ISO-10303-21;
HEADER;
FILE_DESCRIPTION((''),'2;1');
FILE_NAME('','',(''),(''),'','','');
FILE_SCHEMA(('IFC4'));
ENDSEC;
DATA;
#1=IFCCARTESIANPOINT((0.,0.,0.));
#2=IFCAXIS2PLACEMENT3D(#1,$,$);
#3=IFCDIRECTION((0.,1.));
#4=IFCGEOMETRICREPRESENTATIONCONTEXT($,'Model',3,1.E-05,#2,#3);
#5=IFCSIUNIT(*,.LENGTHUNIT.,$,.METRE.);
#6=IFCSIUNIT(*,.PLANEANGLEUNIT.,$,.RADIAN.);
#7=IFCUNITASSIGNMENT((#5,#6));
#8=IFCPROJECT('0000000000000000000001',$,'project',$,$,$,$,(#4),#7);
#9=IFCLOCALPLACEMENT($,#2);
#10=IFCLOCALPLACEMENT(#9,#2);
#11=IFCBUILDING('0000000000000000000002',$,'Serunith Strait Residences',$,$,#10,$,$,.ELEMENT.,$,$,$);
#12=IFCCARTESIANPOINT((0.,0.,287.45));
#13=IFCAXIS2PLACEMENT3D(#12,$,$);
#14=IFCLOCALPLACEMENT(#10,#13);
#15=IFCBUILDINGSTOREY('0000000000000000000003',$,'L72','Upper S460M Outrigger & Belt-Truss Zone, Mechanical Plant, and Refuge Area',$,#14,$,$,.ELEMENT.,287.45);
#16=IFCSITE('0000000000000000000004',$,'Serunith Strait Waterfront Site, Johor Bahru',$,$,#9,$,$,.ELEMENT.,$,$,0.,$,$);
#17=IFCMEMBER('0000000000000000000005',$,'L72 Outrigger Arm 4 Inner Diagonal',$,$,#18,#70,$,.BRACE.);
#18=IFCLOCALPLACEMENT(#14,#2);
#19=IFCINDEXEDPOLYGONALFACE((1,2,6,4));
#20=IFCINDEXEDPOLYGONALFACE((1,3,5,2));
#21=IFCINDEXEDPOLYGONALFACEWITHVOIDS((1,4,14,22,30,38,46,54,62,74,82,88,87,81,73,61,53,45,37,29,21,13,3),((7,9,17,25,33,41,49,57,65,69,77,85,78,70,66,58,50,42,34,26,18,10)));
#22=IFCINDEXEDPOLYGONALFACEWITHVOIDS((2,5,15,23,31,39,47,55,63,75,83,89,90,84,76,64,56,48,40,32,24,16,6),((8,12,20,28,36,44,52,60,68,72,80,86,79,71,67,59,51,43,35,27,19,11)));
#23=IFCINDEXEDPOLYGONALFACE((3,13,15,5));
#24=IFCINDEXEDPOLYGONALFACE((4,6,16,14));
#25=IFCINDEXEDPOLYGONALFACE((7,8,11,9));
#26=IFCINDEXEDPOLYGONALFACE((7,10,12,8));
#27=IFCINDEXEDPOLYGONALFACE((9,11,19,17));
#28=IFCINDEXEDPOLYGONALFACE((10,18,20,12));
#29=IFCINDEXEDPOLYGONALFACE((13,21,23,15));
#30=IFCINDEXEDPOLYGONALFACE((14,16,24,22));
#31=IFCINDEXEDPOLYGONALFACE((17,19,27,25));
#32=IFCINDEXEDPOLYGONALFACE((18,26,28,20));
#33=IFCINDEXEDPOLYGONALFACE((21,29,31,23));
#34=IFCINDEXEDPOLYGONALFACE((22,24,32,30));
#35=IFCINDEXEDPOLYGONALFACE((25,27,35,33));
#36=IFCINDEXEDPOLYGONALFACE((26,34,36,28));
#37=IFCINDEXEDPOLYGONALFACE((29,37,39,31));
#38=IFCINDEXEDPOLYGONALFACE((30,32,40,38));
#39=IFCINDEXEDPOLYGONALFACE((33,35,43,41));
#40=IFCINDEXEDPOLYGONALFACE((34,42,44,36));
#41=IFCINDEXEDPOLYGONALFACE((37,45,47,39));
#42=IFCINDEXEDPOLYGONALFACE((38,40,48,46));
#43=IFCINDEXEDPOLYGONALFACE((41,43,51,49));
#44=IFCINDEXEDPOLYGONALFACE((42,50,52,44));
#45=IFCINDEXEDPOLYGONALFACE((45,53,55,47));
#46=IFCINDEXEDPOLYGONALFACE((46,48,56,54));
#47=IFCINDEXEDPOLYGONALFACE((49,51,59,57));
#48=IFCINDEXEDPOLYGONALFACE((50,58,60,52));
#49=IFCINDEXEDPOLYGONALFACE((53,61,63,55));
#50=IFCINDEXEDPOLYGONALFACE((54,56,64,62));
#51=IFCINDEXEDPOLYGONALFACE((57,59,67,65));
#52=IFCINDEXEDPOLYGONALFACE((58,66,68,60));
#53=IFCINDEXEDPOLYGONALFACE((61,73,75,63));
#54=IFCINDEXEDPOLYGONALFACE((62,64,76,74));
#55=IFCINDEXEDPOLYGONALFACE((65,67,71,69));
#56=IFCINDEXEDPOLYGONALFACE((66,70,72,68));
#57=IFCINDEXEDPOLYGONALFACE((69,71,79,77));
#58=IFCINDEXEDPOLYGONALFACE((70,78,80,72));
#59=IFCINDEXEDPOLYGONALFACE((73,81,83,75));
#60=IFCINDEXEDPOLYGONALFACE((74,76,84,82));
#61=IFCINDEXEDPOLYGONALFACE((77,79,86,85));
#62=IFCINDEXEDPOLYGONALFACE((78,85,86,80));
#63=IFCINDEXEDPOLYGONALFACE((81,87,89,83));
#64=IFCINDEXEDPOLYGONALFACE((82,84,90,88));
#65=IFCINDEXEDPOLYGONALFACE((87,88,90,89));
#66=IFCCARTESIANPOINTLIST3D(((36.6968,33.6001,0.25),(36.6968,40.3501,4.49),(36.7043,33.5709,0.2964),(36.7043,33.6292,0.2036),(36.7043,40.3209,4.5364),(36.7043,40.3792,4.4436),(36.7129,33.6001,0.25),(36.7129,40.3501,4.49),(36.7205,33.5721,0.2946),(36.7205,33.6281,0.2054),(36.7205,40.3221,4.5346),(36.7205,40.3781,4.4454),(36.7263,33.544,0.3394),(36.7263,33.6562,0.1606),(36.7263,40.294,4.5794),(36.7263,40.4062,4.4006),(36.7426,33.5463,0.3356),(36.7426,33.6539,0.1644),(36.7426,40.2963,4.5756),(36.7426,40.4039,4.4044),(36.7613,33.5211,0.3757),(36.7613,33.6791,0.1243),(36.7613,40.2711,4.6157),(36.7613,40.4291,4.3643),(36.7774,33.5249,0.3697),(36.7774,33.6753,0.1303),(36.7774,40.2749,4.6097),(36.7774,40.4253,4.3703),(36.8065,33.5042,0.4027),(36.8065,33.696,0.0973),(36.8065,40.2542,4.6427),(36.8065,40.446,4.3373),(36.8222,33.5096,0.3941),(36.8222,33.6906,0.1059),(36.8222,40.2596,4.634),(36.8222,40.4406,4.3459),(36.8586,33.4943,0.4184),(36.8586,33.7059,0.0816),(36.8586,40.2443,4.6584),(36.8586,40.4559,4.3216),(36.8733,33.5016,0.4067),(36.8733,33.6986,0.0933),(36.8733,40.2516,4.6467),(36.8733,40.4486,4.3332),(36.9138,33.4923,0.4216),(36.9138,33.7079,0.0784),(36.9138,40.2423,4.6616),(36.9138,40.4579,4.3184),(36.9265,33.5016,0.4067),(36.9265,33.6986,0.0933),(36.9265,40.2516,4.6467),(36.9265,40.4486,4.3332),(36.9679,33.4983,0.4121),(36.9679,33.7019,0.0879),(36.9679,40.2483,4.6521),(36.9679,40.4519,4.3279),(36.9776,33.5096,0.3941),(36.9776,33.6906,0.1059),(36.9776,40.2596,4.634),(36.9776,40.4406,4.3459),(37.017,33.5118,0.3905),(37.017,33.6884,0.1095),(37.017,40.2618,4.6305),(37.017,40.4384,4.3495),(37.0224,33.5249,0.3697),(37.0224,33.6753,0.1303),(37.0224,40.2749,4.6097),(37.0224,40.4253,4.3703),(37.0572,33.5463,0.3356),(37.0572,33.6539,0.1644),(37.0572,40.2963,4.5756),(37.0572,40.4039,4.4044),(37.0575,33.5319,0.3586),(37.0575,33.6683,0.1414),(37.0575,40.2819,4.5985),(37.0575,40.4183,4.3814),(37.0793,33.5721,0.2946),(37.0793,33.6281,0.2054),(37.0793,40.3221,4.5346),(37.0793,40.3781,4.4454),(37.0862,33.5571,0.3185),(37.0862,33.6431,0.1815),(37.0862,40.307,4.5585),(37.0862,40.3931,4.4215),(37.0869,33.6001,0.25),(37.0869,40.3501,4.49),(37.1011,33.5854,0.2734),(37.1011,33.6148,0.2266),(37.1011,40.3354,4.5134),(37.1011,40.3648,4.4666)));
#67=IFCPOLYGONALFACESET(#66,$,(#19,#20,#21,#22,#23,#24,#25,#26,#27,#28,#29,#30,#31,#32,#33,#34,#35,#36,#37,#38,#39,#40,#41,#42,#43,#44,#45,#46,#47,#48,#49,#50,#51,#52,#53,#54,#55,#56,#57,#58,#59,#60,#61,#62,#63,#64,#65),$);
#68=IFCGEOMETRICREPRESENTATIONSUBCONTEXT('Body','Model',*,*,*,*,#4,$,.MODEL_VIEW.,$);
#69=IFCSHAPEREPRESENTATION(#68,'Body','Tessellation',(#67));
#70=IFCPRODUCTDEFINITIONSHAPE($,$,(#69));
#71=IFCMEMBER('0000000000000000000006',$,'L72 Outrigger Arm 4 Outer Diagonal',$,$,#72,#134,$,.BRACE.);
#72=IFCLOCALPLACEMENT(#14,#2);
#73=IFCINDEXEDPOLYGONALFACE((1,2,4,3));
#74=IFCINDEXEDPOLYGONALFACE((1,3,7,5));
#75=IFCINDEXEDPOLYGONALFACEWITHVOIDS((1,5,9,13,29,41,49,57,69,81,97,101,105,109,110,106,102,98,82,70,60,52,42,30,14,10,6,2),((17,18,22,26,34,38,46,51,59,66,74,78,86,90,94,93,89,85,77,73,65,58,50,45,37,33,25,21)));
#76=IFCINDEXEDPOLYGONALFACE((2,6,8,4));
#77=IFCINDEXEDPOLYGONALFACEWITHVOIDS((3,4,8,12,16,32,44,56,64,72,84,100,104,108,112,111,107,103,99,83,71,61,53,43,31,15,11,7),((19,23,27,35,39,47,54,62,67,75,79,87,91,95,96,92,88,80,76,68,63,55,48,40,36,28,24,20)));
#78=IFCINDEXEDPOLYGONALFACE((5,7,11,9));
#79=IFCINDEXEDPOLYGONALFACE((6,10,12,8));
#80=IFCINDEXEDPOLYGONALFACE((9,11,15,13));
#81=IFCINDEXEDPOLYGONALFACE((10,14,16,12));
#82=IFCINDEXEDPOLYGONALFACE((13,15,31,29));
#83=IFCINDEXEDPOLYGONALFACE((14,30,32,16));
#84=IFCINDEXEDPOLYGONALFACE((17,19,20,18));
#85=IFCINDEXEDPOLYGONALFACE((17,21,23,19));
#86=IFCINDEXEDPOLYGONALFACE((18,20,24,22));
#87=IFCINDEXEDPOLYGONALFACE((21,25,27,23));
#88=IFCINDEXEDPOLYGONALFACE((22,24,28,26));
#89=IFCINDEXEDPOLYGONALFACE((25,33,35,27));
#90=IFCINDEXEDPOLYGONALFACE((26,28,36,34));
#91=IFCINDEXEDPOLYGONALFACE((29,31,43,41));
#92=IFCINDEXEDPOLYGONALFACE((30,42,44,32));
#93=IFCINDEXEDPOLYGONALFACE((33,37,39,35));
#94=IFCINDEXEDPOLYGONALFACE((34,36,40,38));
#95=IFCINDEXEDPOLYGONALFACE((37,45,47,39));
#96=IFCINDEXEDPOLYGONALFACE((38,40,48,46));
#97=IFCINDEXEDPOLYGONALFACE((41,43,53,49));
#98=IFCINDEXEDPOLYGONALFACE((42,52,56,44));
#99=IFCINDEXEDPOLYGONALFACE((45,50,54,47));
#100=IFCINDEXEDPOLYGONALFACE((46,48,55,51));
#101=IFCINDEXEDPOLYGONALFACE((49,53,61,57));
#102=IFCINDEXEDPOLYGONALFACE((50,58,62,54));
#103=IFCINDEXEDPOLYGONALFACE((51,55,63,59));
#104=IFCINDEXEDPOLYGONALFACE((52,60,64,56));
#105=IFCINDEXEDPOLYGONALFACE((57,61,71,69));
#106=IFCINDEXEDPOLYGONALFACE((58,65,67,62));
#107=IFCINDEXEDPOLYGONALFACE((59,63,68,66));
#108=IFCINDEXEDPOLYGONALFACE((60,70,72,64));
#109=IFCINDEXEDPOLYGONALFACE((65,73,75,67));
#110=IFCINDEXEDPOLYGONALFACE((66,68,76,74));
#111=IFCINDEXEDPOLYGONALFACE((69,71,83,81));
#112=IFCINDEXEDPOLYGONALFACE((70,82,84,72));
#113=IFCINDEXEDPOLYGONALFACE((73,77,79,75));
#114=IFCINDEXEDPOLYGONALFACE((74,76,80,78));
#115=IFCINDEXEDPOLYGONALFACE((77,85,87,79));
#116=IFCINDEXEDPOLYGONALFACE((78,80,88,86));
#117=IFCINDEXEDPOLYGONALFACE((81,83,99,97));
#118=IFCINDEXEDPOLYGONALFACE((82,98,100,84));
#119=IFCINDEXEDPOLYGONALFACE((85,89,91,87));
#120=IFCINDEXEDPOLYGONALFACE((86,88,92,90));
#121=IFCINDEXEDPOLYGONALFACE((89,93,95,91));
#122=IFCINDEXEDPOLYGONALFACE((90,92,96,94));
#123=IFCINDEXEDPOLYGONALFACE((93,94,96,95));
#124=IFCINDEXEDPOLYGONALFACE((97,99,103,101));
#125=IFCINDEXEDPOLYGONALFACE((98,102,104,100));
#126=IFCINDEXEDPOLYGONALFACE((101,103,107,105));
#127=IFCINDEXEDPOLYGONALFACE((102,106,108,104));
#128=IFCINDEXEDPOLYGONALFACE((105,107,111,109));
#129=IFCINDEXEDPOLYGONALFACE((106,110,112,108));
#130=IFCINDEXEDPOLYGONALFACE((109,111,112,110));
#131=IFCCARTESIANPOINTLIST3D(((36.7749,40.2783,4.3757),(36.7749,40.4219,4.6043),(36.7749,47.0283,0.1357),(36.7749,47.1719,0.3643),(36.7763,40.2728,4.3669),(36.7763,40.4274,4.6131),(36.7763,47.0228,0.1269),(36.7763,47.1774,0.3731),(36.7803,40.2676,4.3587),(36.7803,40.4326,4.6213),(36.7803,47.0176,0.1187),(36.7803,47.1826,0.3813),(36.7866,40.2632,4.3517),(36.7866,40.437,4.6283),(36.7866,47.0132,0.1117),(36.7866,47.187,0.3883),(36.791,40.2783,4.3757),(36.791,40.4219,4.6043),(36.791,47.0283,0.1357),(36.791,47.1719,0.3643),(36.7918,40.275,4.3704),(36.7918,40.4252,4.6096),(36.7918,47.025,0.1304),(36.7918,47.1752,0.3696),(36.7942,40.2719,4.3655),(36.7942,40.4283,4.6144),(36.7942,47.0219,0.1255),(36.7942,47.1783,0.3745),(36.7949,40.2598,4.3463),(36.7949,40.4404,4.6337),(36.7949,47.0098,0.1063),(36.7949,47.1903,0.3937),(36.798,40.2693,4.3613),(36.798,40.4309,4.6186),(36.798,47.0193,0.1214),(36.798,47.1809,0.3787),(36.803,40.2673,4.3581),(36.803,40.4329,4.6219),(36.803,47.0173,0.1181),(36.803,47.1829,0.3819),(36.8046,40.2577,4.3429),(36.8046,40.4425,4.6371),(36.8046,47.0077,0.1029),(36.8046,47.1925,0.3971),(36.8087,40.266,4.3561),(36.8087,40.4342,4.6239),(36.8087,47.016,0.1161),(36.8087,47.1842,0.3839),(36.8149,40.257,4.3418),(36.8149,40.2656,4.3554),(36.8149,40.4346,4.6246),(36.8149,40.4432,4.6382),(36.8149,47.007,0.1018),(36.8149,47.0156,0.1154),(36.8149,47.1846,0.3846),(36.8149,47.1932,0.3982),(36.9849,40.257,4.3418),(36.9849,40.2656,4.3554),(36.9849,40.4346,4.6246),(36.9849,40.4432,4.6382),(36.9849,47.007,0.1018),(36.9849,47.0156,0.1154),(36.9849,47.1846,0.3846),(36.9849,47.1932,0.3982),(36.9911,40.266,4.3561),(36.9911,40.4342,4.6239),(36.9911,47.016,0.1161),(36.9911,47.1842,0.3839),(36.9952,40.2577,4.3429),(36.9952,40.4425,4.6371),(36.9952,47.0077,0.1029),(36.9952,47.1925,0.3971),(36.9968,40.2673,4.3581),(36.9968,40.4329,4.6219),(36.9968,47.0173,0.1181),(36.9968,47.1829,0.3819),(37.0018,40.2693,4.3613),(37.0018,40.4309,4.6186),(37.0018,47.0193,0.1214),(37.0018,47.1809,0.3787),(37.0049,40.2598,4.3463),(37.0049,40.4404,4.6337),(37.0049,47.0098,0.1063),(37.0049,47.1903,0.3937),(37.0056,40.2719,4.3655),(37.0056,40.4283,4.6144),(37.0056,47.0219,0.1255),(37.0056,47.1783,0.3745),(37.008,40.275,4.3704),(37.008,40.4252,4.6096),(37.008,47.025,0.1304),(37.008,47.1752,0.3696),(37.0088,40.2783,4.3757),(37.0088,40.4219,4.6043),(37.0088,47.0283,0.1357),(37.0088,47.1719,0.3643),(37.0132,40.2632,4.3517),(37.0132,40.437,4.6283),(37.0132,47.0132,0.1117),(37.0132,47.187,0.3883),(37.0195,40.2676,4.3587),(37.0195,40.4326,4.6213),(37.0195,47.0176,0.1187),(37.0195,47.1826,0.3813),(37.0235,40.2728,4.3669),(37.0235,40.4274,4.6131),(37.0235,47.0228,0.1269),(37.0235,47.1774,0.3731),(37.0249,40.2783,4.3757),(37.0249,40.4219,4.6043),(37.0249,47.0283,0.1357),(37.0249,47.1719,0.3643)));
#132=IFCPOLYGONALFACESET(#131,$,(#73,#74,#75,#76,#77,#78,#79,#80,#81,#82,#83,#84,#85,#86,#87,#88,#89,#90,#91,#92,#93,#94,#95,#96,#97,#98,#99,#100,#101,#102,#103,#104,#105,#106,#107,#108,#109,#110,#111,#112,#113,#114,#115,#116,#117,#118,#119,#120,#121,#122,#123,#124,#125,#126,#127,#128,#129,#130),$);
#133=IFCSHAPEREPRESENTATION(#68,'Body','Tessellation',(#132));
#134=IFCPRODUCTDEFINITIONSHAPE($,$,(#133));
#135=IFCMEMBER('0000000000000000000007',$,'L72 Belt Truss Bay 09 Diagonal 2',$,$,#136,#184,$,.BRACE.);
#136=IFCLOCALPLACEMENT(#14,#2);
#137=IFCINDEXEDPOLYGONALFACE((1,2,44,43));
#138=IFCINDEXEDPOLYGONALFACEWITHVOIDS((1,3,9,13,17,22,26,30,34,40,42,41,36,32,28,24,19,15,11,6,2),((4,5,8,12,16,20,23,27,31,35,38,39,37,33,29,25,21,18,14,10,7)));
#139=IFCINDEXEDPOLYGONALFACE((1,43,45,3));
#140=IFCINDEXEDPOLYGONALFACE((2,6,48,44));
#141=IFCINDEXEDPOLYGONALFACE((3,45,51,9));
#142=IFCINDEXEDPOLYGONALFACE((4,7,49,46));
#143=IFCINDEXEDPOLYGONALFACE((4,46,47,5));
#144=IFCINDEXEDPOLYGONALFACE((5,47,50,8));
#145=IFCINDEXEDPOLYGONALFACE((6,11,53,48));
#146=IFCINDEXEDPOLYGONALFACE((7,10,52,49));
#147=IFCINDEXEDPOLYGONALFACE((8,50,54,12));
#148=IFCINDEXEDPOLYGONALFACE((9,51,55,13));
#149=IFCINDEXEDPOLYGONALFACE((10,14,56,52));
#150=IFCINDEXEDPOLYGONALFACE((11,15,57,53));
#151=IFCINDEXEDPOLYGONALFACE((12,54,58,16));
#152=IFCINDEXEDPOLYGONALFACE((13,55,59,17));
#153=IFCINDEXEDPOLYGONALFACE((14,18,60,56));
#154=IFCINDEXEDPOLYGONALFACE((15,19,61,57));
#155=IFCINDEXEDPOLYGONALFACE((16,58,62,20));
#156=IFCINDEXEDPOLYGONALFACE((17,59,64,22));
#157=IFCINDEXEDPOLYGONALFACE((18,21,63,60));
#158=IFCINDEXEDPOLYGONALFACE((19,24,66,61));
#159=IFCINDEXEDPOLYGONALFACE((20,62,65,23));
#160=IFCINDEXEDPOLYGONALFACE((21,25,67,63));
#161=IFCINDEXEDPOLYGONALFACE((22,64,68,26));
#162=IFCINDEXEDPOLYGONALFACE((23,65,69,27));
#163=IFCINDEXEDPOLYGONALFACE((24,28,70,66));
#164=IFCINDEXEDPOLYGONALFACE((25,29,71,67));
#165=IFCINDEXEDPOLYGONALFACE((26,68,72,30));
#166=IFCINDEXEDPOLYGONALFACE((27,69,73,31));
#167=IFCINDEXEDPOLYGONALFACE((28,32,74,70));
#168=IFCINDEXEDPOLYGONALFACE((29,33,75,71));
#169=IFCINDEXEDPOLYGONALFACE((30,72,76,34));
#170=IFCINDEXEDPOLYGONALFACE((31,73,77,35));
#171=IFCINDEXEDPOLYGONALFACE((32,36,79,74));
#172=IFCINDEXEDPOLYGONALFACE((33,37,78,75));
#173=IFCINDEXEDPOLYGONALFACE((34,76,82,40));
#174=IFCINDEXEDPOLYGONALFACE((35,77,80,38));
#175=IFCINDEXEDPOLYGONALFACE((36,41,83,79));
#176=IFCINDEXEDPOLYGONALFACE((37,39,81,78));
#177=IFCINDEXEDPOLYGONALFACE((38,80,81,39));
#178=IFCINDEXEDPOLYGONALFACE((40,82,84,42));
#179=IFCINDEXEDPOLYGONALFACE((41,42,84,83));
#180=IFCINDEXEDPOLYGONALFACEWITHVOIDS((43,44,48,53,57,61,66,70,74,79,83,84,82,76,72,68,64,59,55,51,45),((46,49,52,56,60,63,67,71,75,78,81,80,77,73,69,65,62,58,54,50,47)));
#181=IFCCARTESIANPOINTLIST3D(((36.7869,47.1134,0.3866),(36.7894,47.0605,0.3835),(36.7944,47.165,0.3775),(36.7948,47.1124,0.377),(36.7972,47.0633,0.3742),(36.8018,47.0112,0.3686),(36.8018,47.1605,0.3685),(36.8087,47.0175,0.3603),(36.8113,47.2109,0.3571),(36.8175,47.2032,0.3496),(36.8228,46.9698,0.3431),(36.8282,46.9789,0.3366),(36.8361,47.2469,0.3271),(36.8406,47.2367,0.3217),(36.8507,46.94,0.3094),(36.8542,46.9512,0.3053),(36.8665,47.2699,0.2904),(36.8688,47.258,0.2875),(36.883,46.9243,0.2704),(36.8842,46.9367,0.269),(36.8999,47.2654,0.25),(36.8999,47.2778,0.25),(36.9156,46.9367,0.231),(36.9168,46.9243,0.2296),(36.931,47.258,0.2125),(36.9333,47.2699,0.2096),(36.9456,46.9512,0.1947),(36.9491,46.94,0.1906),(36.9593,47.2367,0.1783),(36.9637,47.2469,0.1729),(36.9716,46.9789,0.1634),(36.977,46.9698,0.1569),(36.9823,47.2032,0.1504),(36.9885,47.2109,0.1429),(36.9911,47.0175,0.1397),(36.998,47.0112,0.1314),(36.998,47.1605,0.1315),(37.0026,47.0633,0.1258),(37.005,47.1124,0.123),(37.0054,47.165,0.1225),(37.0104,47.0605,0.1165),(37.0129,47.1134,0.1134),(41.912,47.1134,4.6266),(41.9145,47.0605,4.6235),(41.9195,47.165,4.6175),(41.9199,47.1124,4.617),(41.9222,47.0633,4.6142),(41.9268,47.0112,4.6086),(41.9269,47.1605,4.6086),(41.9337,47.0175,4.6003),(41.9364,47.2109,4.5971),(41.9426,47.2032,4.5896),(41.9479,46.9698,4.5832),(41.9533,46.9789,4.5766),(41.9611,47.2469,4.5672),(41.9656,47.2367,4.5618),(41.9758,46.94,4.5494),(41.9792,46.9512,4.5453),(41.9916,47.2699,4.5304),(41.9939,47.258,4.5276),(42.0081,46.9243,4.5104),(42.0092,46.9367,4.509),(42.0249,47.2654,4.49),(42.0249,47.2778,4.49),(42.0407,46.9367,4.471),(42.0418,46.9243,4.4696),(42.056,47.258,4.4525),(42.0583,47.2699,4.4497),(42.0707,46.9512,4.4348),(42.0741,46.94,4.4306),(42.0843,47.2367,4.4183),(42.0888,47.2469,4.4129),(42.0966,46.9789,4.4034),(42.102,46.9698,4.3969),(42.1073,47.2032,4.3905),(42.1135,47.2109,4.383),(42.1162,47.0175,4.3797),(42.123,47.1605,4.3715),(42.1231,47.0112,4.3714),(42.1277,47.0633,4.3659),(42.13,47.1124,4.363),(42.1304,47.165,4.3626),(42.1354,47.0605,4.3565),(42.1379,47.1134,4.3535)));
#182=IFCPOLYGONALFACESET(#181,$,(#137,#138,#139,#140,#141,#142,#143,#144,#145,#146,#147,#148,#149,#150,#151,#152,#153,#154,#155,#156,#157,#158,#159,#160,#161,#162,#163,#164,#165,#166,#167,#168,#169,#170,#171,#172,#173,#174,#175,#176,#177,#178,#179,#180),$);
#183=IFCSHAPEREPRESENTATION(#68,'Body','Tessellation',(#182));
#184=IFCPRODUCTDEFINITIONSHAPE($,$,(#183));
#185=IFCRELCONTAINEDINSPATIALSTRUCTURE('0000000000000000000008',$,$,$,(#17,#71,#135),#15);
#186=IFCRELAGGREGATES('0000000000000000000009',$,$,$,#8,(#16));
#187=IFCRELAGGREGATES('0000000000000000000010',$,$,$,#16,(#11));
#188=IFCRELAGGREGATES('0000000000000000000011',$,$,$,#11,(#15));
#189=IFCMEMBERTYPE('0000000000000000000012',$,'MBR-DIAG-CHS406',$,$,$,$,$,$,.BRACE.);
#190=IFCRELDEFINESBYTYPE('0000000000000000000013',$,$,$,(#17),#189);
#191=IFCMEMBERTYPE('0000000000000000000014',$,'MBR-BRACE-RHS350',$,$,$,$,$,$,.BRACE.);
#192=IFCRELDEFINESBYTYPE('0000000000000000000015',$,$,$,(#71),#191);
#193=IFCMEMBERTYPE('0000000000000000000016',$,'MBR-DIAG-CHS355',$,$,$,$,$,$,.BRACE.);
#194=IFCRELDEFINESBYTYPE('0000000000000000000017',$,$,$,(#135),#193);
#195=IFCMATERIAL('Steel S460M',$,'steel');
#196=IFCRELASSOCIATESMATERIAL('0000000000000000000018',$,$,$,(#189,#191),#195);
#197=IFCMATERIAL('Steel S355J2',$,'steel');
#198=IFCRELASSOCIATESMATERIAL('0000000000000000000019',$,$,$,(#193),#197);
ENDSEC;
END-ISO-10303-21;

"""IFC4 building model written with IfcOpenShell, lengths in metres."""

from ifc_helpers import new_model, si_unit, direction, frame, origin, origin_2d, place, context, subcontext, project, spatial, hollow_rectangle, hollow_circle, extrude, source, transform, mapped, material, material_profile, profile_set, type_object, element, save


model = new_model("IFC4")

# Units and contexts
model_context = context("Model", 3, precision=1e-05, world=origin(), true_north=direction((0.0, 1.0)))
body_context = subcontext(model_context, "Body", "Model", "MODEL_VIEW")
ifc_project = project(units=[si_unit("LENGTHUNIT", "METRE"), si_unit("PLANEANGLEUNIT", "RADIAN")], contexts=[model_context])

# Site, building, storey
site_placement = place(None, origin())
site = spatial("IfcSite", under=ifc_project, at=site_placement, Name="Serunith Strait Waterfront Site, Johor Bahru", CompositionType="ELEMENT", RefElevation=0.0)
building_placement = place(site_placement, origin())
building = spatial("IfcBuilding", under=site, at=building_placement, Name="Serunith Strait Residences", CompositionType="ELEMENT")
storey_placement = place(building_placement, frame((0.0, 0.0, 287.45)))
storey = spatial("IfcBuildingStorey", under=building, at=storey_placement, Name="L72", Description="Upper S460M Outrigger & Belt-Truss Zone, Mechanical Plant, and Refuge Area", CompositionType="ELEMENT", Elevation=287.45)

# Shared definitions
ifc_material_1 = material(Name="Steel S355J2", Category="steel")

# Members
ifc_material_2 = material(Name="Steel S460M", Category="steel")
ifc_material_profile_1 = material_profile(ifc_material_2, hollow_circle(Radius=0.2031, WallThickness=0.0161, at=origin_2d()), Name="CHS 406.4x16")
ifc_profile_set_1 = profile_set([ifc_material_profile_1], Name="Steel S460M")
member_type_1 = type_object("IfcMemberType", Name="MBR-DIAG-CHS406", PredefinedType="BRACE", material=ifc_profile_set_1)
shared_shape_1 = source(origin(), body_context, "Body", "SweptSolid", [
    extrude(hollow_circle(Radius=0.2031, WallThickness=0.0161, at=origin_2d()), origin(), (0.0, 0.0, 1.0), 7.9712),
])
member_1_placement = place(storey_placement, frame((36.8999, 33.6001, 0.25), z_axis=(0.0, 0.846799, 0.531914), x_axis=(-1.0, 0.0, 0.0)))
element("IfcMember", 1, at=member_1_placement, inside=storey, type_object=member_type_1, Name="L72 Outrigger Arm 4 Inner Diagonal", PredefinedType="BRACE", context=body_context, shape_type="MappedRepresentation", body=[
    mapped(shared_shape_1, transform((0.0, 0.0, 0.0), scale=1.0)),
])
ifc_material_profile_2 = material_profile(ifc_material_2, hollow_rectangle(XDim=0.25, YDim=0.3501, WallThickness=0.0161, InnerFilletRadius=0.0239, OuterFilletRadius=0.04, at=origin_2d()), Name="RHS 350x250x16")
ifc_profile_set_2 = profile_set([ifc_material_profile_2], Name="Steel S460M")
member_type_2 = type_object("IfcMemberType", Name="MBR-BRACE-RHS350", PredefinedType="BRACE", material=ifc_profile_set_2)
shared_shape_2 = source(origin(), body_context, "Body", "SweptSolid", [
    extrude(hollow_rectangle(XDim=0.25, YDim=0.3501, WallThickness=0.0161, InnerFilletRadius=0.0239, OuterFilletRadius=0.04, at=origin_2d()), origin(), (0.0, 0.0, 1.0), 7.9712),
])
member_2_placement = place(storey_placement, frame((36.8999, 40.3501, 4.49), z_axis=(0.0, 0.846799, -0.531914), x_axis=(-1.0, 0.0, 0.0)))
element("IfcMember", 2, at=member_2_placement, inside=storey, type_object=member_type_2, Name="L72 Outrigger Arm 4 Outer Diagonal", PredefinedType="BRACE", context=body_context, shape_type="MappedRepresentation", body=[
    mapped(shared_shape_2, transform((0.0, 0.0, 0.0), scale=1.0)),
])
ifc_material_profile_3 = material_profile(ifc_material_1, hollow_circle(Radius=0.1777, WallThickness=0.0125, at=origin_2d()), Name="CHS 355.6x12.5")
ifc_profile_set_3 = profile_set([ifc_material_profile_3], Name="Steel S355J2")
member_type_3 = type_object("IfcMemberType", Name="MBR-DIAG-CHS355", PredefinedType="BRACE", material=ifc_profile_set_3)
shared_shape_3 = source(origin(), body_context, "Body", "SweptSolid", [
    extrude(hollow_circle(Radius=0.1777, WallThickness=0.0125, at=origin_2d()), origin(), (0.0, 0.0, 1.0), 6.6516),
])
member_3_placement = place(storey_placement, frame((36.8999, 47.1001, 0.25), z_axis=(0.770497, 0.0, 0.637444), x_axis=(0.0, 1.0, 0.0)))
element("IfcMember", 3, at=member_3_placement, inside=storey, type_object=member_type_3, Name="L72 Belt Truss Bay 09 Diagonal 2", PredefinedType="BRACE", context=body_context, shape_type="MappedRepresentation", body=[
    mapped(shared_shape_3, transform((0.0, 0.0, 0.0), scale=1.0)),
])

save(model, "model.ifc")
